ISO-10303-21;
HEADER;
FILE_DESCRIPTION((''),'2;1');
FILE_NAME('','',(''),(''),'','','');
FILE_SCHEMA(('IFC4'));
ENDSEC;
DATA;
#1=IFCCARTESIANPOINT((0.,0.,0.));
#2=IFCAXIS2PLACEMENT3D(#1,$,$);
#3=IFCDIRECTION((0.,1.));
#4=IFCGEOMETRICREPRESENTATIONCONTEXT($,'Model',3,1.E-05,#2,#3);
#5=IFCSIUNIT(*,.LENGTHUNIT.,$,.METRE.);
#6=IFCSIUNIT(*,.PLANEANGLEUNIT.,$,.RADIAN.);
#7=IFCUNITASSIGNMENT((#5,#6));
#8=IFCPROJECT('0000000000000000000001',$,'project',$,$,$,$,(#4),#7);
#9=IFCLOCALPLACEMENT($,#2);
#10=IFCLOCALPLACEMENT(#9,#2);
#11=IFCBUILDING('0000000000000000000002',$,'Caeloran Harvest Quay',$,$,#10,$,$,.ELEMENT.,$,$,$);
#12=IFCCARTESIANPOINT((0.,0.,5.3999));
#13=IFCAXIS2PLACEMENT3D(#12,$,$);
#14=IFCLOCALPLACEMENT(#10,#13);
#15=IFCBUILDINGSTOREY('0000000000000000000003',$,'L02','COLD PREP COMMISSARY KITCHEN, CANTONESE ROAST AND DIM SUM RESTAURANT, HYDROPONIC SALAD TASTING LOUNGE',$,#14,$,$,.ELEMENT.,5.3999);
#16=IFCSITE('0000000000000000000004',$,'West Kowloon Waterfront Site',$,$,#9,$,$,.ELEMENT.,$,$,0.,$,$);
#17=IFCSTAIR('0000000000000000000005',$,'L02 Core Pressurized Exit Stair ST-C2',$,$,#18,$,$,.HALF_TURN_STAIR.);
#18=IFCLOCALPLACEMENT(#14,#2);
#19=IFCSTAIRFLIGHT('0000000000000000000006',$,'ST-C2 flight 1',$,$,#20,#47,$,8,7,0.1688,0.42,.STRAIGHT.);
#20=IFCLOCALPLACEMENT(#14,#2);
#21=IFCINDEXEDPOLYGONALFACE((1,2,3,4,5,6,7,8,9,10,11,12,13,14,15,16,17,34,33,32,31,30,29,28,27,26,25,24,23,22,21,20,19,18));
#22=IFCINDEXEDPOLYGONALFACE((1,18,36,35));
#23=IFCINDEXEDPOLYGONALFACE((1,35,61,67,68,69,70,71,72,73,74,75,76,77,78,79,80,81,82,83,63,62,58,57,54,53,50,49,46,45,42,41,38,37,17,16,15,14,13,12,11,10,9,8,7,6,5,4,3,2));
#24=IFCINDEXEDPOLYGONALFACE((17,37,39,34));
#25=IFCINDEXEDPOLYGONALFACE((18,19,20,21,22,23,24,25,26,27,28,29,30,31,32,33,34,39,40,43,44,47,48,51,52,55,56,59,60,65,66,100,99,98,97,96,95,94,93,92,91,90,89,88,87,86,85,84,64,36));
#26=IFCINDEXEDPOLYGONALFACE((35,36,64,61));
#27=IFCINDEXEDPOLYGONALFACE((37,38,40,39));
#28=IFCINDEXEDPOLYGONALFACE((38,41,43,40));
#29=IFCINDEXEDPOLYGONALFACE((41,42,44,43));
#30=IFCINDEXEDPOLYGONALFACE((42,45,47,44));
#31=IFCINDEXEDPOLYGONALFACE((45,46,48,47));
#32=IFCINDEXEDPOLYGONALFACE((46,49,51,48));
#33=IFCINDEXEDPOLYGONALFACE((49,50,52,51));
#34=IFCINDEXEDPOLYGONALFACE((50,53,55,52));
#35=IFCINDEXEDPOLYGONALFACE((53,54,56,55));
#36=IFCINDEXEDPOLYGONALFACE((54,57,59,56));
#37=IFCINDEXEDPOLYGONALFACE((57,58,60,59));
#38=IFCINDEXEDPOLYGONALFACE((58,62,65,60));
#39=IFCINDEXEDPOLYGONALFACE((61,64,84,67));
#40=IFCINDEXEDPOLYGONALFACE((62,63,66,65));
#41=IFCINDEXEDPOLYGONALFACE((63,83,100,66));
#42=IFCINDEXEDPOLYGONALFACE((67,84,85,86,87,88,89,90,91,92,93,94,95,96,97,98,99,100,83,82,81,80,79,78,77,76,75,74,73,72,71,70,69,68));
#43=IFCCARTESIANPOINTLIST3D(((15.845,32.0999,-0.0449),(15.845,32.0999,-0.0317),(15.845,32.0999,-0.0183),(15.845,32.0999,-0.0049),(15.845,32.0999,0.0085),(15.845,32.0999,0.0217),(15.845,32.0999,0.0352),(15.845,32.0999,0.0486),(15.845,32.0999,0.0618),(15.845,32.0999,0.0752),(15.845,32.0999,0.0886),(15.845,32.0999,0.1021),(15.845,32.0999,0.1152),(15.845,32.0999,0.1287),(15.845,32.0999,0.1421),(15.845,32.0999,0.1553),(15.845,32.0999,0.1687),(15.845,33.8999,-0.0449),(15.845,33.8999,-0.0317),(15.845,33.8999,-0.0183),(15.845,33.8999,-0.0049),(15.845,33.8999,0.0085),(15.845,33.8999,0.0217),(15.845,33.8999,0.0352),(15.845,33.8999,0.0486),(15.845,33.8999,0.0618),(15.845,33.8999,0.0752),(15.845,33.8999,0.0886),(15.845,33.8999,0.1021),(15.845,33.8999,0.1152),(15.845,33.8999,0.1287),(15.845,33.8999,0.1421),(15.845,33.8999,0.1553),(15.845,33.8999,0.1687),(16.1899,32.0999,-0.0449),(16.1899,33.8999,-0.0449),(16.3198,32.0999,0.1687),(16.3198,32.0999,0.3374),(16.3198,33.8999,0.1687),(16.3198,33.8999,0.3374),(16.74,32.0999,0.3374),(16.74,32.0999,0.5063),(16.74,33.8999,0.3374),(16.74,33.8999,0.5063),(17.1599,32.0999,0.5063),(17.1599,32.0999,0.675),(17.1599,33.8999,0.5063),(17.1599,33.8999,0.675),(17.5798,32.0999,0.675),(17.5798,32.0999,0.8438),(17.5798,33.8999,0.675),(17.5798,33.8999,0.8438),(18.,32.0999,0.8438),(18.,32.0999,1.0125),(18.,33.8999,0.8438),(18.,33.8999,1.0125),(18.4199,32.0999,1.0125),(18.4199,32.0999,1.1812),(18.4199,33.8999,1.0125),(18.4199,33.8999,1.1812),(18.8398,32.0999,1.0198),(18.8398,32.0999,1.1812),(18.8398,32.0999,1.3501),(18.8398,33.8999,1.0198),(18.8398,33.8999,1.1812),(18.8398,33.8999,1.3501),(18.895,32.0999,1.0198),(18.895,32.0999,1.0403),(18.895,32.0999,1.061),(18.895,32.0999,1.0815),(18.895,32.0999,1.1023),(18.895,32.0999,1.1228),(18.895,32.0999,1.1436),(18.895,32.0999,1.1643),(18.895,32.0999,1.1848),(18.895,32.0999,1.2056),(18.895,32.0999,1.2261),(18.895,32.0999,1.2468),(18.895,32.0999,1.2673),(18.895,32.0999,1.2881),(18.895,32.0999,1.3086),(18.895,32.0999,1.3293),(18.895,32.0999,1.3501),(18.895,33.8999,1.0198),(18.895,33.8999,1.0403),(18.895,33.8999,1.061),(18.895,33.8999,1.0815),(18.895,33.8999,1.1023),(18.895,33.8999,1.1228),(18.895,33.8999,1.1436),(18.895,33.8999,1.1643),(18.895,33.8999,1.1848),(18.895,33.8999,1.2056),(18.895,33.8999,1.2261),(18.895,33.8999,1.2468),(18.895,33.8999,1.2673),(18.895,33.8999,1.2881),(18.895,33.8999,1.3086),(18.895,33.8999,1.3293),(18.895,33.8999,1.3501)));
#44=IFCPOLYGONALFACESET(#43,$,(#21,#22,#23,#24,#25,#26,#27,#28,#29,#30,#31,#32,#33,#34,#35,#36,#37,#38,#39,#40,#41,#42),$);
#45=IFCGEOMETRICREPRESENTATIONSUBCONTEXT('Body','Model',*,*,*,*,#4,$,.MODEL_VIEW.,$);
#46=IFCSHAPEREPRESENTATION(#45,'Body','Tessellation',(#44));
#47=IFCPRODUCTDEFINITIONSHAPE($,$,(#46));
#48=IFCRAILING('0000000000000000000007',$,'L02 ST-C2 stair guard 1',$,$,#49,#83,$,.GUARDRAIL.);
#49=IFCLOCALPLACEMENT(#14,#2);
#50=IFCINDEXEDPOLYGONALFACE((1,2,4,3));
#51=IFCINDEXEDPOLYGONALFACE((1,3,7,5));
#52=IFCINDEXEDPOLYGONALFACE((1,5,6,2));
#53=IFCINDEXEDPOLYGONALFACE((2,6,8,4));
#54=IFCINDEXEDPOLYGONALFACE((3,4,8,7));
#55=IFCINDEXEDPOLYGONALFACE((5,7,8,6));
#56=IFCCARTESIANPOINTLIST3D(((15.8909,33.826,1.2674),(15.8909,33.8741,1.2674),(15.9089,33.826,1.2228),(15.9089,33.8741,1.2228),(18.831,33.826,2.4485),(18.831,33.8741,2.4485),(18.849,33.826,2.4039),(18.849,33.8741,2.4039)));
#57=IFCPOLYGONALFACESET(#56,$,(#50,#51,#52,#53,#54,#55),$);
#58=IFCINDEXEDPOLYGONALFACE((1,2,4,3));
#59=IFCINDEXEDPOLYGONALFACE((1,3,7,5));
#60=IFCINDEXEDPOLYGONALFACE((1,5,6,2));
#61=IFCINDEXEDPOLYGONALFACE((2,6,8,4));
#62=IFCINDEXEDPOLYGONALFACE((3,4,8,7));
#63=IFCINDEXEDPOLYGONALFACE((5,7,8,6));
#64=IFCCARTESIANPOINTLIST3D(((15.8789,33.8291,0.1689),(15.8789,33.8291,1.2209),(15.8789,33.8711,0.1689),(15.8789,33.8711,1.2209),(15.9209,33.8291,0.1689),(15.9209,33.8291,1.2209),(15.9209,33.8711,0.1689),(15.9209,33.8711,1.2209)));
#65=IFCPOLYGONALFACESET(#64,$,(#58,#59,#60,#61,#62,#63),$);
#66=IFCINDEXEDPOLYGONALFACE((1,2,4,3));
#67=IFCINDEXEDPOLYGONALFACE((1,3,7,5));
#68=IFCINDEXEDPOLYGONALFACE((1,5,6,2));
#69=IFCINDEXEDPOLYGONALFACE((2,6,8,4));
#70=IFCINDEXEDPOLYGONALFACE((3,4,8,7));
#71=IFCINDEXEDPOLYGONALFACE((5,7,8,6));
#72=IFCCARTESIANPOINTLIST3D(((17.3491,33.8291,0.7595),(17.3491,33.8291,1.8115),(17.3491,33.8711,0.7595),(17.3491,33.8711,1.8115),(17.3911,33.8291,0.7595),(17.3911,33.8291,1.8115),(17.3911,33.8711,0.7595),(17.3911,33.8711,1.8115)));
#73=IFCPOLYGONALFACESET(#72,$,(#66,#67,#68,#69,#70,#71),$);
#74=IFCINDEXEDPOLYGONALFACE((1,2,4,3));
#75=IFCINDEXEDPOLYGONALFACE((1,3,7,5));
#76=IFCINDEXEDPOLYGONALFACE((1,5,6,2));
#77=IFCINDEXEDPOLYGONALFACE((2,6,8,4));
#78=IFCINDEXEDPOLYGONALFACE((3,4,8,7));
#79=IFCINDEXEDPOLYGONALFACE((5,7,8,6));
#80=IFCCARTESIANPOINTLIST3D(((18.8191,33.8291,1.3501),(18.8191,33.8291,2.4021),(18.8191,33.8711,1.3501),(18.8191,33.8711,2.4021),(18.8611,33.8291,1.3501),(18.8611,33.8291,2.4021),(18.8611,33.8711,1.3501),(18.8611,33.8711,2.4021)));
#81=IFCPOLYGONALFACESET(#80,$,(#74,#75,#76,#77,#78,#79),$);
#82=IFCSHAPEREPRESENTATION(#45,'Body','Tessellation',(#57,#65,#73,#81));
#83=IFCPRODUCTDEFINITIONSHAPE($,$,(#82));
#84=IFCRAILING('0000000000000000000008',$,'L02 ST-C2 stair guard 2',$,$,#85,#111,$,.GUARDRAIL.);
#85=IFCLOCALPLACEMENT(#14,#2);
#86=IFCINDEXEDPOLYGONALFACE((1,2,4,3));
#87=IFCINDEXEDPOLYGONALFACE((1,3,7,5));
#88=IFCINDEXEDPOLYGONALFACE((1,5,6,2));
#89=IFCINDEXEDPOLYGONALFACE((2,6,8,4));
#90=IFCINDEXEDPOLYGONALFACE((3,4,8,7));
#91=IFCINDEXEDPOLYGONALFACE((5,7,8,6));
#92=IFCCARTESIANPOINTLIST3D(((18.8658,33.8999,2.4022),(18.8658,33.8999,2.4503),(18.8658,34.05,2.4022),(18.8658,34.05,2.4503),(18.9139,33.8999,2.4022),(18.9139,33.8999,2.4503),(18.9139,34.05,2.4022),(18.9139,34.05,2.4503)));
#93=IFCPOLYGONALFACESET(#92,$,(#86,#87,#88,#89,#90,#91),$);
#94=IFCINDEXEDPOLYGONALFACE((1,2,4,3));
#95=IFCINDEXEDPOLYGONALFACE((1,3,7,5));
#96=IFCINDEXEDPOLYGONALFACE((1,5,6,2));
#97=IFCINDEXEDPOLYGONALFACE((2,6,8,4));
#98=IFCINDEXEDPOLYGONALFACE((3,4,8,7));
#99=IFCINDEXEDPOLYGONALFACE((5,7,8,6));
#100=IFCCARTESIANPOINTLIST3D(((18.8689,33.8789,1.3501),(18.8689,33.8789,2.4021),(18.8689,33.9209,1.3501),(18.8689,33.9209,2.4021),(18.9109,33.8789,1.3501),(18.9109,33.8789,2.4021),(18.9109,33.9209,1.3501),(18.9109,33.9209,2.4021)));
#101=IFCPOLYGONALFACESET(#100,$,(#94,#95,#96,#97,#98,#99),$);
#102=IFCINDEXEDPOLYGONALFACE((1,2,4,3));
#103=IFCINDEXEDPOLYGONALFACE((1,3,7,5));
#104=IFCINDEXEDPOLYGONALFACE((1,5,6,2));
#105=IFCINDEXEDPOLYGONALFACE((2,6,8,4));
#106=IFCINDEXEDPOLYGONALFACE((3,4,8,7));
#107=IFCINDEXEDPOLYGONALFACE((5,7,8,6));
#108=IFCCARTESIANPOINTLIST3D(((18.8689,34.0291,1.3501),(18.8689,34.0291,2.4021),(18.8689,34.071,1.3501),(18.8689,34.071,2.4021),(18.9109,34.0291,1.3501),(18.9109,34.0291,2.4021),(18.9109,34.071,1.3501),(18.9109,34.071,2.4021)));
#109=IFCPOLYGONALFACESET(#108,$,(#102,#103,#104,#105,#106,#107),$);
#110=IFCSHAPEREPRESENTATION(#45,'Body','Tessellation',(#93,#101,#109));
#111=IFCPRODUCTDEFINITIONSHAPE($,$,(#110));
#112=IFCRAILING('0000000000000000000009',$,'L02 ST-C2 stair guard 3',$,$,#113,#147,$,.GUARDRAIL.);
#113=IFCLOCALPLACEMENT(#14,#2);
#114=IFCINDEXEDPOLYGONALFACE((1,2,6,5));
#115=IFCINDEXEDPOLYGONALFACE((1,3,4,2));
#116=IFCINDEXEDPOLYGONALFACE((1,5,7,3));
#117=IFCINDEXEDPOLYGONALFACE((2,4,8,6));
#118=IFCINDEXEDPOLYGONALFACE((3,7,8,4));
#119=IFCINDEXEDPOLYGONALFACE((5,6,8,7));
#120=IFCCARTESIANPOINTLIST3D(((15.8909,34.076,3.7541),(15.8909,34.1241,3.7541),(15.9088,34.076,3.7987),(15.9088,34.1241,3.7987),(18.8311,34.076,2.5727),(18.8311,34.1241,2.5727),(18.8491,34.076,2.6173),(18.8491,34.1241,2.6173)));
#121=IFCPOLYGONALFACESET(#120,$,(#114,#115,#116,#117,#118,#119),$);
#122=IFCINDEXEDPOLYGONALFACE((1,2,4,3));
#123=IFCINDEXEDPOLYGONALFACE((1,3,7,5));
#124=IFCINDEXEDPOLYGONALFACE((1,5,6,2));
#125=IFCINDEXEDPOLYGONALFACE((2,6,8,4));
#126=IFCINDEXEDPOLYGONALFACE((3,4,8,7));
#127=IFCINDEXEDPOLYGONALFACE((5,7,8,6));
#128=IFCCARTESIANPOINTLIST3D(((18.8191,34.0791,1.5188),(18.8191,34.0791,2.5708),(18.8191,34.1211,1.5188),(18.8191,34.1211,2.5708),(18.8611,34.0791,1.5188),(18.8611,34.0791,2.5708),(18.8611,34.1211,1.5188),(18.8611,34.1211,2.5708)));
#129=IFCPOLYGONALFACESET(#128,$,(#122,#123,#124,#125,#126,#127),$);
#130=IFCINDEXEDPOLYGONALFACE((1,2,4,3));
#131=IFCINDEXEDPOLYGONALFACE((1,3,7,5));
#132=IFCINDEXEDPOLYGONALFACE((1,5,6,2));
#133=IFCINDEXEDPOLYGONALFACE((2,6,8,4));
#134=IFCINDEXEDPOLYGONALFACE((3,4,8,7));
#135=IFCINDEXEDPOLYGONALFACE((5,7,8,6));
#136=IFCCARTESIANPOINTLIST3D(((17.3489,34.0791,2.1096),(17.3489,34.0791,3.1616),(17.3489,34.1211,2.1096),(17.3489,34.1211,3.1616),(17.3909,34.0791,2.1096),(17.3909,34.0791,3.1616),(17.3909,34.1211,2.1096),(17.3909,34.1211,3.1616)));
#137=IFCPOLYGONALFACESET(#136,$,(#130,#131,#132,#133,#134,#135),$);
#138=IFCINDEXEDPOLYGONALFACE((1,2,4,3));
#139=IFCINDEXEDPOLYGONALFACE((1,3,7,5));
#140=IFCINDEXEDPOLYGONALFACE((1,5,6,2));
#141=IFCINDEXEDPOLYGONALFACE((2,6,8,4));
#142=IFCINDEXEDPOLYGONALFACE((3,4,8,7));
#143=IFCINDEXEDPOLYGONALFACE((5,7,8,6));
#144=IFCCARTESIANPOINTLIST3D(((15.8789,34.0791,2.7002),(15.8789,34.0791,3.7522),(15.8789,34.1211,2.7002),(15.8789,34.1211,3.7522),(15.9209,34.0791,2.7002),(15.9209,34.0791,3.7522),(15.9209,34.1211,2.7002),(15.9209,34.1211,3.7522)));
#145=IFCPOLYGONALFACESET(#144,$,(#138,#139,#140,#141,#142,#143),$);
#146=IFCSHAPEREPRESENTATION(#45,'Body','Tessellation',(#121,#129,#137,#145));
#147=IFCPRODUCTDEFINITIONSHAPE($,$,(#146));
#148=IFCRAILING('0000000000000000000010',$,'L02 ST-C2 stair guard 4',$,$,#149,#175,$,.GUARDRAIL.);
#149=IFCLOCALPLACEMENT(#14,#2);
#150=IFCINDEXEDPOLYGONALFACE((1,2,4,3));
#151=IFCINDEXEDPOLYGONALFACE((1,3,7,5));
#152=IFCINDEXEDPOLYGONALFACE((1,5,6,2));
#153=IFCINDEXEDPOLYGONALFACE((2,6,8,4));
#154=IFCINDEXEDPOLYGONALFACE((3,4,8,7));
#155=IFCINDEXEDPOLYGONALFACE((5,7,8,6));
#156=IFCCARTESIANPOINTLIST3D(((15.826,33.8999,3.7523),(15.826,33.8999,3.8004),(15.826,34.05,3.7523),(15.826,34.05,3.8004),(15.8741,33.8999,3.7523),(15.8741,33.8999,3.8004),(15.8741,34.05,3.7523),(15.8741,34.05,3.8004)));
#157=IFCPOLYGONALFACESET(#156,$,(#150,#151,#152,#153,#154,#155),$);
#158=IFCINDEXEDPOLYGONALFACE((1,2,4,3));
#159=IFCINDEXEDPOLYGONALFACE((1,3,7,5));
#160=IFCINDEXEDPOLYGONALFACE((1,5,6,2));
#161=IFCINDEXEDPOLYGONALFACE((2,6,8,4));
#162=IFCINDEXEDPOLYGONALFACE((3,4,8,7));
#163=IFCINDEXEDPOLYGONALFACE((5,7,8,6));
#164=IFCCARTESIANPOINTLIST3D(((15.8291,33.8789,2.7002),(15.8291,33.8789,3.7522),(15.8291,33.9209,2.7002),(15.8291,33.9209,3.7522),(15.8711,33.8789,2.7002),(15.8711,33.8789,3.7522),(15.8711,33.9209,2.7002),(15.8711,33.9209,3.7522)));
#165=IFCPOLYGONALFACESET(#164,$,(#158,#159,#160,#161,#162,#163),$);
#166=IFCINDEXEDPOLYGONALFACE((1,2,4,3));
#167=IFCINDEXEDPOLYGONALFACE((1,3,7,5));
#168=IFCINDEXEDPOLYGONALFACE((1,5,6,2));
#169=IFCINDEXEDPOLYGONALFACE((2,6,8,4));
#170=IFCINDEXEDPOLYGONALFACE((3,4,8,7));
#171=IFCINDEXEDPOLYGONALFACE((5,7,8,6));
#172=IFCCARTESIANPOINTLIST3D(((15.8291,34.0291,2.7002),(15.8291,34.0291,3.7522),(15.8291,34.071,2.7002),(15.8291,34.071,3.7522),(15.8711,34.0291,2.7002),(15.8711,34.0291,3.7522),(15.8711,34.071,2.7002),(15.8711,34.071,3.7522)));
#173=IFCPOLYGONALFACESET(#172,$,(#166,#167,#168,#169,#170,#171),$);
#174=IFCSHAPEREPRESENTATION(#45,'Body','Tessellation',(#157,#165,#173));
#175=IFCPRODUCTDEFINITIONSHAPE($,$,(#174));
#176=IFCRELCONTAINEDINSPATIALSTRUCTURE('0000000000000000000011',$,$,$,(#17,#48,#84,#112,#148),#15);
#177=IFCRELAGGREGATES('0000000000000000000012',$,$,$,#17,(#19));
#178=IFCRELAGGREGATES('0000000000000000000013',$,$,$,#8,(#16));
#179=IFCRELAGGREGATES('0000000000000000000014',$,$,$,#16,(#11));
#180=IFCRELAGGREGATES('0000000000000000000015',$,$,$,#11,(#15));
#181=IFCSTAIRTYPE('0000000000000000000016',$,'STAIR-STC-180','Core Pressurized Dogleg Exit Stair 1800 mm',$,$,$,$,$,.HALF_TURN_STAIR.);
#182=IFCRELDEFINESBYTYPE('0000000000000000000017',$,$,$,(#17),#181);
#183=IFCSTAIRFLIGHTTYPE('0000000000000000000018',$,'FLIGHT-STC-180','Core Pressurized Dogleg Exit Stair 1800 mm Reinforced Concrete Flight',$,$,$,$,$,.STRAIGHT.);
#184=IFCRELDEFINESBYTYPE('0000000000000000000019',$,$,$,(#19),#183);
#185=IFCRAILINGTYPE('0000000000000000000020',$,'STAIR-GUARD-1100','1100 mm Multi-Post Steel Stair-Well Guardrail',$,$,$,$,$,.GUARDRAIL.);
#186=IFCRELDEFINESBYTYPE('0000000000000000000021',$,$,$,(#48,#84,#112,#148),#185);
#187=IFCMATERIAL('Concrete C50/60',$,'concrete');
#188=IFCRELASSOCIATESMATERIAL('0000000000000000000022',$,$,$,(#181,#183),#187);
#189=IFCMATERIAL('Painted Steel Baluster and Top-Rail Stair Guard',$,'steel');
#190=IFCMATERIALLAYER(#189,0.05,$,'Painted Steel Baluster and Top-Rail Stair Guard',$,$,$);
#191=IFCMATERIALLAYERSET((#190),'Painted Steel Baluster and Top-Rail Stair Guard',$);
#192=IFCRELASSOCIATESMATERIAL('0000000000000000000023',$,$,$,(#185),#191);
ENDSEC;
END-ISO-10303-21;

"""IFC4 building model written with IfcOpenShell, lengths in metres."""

from ifc_helpers import new_model, si_unit, direction, frame, origin, origin_2d, place, context, subcontext, project, spatial, polyline, rectangle, outline, extrude, material, layer, layer_set, type_object, element, aggregate, save


model = new_model("IFC4")

# Units and contexts
model_context = context("Model", 3, precision=1e-05, world=origin(), true_north=direction((0.0, 1.0)))
body_context = subcontext(model_context, "Body", "Model", "MODEL_VIEW")
ifc_project = project(units=[si_unit("LENGTHUNIT", "METRE"), si_unit("PLANEANGLEUNIT", "RADIAN")], contexts=[model_context])

# Site, building, storey
site_placement = place(None, origin())
site = spatial("IfcSite", under=ifc_project, at=site_placement, Name="West Kowloon Waterfront Site", CompositionType="ELEMENT", RefElevation=0.0)
building_placement = place(site_placement, origin())
building = spatial("IfcBuilding", under=site, at=building_placement, Name="Caeloran Harvest Quay", CompositionType="ELEMENT")
storey_placement = place(building_placement, frame((0.0, 0.0, 5.3999)))
storey = spatial("IfcBuildingStorey", under=building, at=storey_placement, Name="L02", Description="COLD PREP COMMISSARY KITCHEN, CANTONESE ROAST AND DIM SUM RESTAURANT, HYDROPONIC SALAD TASTING LOUNGE", CompositionType="ELEMENT", Elevation=5.3999)

# Shared definitions
ifc_material_1 = material(Name="Concrete C50/60", Category="concrete")

# Stair, stair flight
stair_type = type_object("IfcStairType", Name="STAIR-STC-180", Description="Core Pressurized Dogleg Exit Stair 1800 mm", PredefinedType="HALF_TURN_STAIR", material=ifc_material_1)
stair_placement = place(storey_placement, origin())
stair = element("IfcStair", 1, at=stair_placement, inside=storey, type_object=stair_type, Name="L02 Core Pressurized Exit Stair ST-C2", PredefinedType="HALF_TURN_STAIR")
stair_flight_type = type_object("IfcStairFlightType", Name="FLIGHT-STC-180", Description="Core Pressurized Dogleg Exit Stair 1800 mm Reinforced Concrete Flight", PredefinedType="STRAIGHT", material=ifc_material_1)
stair_flight_1_placement = place(storey_placement, frame((15.8999, 33.0, 0.0), z_axis=(0.0, 0.0, 1.0), x_axis=(1.0, 0.0, 0.0)))
stair_flight_1 = element("IfcStairFlight", 2, at=stair_flight_1_placement, type_object=stair_flight_type, Name="ST-C2 flight 1", NumberOfRisers=8, NumberOfTreads=7, PredefinedType="STRAIGHT", RiserHeight=0.1688, TreadLength=0.42, context=body_context, shape_type="SweptSolid", body=[
    extrude(outline(polyline([(-0.0549, -0.0449), (-0.0549, -0.0317), (-0.0549, -0.0183), (-0.0549, -0.0049), (-0.0549, 0.0085), (-0.0549, 0.0217), (-0.0549, 0.0352), (-0.0549, 0.0486), (-0.0549, 0.0618), (-0.0549, 0.0752), (-0.0549, 0.0886), (-0.0549, 0.1021), (-0.0549, 0.1152), (-0.0549, 0.1287), (-0.0549, 0.1421), (-0.0549, 0.1553), (-0.0549, 0.1687), (0.4199, 0.1687), (0.4199, 0.3374), (0.8401, 0.3374), (0.8401, 0.5063), (1.26, 0.5063), (1.26, 0.675), (1.6799, 0.675), (1.6799, 0.8438), (2.1001, 0.8438), (2.1001, 1.0125), (2.52, 1.0125), (2.52, 1.1812), (2.9399, 1.1812), (2.9399, 1.3501), (2.9951, 1.3501), (2.9951, 1.3293), (2.9951, 1.3086), (2.9951, 1.2881), (2.9951, 1.2673), (2.9951, 1.2468), (2.9951, 1.2261), (2.9951, 1.2056), (2.9951, 1.1848), (2.9951, 1.1643), (2.9951, 1.1436), (2.9951, 1.1228), (2.9951, 1.1023), (2.9951, 1.0815), (2.9951, 1.061), (2.9951, 1.0403), (2.9951, 1.0198), (2.9399, 1.0198), (0.29, -0.0449), (-0.0549, -0.0449)])), frame((0.0, 0.8999, 0.0), z_axis=(0.0, -1.0, 0.0), x_axis=(1.0, 0.0, 0.0)), (0.0, 0.0, 1.0), 1.8),
])
aggregate(stair, [stair_flight_1])

# Railings
ifc_material_2 = material(Name="Painted Steel Baluster and Top-Rail Stair Guard", Category="steel")
ifc_layer_1 = layer(ifc_material_2, 0.05, Name="Painted Steel Baluster and Top-Rail Stair Guard")
ifc_layer_set_1 = layer_set([ifc_layer_1], Name="Painted Steel Baluster and Top-Rail Stair Guard")
railing_type_1 = type_object("IfcRailingType", Name="STAIR-GUARD-1100", Description="1100 mm Multi-Post Steel Stair-Well Guardrail", PredefinedType="GUARDRAIL", material=ifc_layer_set_1)
railing_1_placement = place(storey_placement, frame((15.8999, 33.8501, 0.1689)))
element("IfcRailing", 3, at=railing_1_placement, inside=storey, type_object=railing_type_1, Name="L02 ST-C2 stair guard 1", PredefinedType="GUARDRAIL", context=body_context, shape_type="SweptSolid", body=[
    extrude(rectangle(XDim=0.0481, YDim=0.0481, at=origin_2d()), frame((0.0, 0.0, 1.0762), z_axis=(0.927923, 0.0, 0.372772), x_axis=(0.0, 1.0, 0.0)), (0.0, 0.0, 1.0), 3.1685),
    extrude(rectangle(XDim=0.042, YDim=0.042, at=origin_2d()), origin(), (0.0, 0.0, 1.0), 1.052),
    extrude(rectangle(XDim=0.042, YDim=0.042, at=origin_2d()), frame((1.4702, 0.0, 0.5906)), (0.0, 0.0, 1.0), 1.052),
    extrude(rectangle(XDim=0.042, YDim=0.042, at=origin_2d()), frame((2.9402, 0.0, 1.1812)), (0.0, 0.0, 1.0), 1.052),
])
railing_2_placement = place(storey_placement, frame((18.8899, 33.8999, 1.3501)))
element("IfcRailing", 4, at=railing_2_placement, inside=storey, type_object=railing_type_1, Name="L02 ST-C2 stair guard 2", PredefinedType="GUARDRAIL", context=body_context, shape_type="SweptSolid", body=[
    extrude(rectangle(XDim=0.0481, YDim=0.0481, at=origin_2d()), frame((0.0, 0.0, 1.0762), z_axis=(0.0, 1.0, 0.0), x_axis=(-1.0, 0.0, 0.0)), (0.0, 0.0, 1.0), 0.1501),
    extrude(rectangle(XDim=0.042, YDim=0.042, at=origin_2d()), origin(), (0.0, 0.0, 1.0), 1.052),
    extrude(rectangle(XDim=0.042, YDim=0.042, at=origin_2d()), frame((0.0, 0.1501, 0.0)), (0.0, 0.0, 1.0), 1.052),
])
railing_3_placement = place(storey_placement, frame((18.8401, 34.1001, 1.5188)))
element("IfcRailing", 5, at=railing_3_placement, inside=storey, type_object=railing_type_1, Name="L02 ST-C2 stair guard 3", PredefinedType="GUARDRAIL", context=body_context, shape_type="SweptSolid", body=[
    extrude(rectangle(XDim=0.0481, YDim=0.0481, at=origin_2d()), frame((0.0, 0.0, 1.0762), z_axis=(-0.927896, 0.0, 0.372838), x_axis=(0.0, -1.0, 0.0)), (0.0, 0.0, 1.0), 3.1687),
    extrude(rectangle(XDim=0.042, YDim=0.042, at=origin_2d()), origin(), (0.0, 0.0, 1.0), 1.052),
    extrude(rectangle(XDim=0.042, YDim=0.042, at=origin_2d()), frame((-1.4702, 0.0, 0.5908)), (0.0, 0.0, 1.0), 1.052),
    extrude(rectangle(XDim=0.042, YDim=0.042, at=origin_2d()), frame((-2.9402, 0.0, 1.1814)), (0.0, 0.0, 1.0), 1.052),
])
railing_4_placement = place(storey_placement, frame((15.8501, 33.8999, 2.7002)))
element("IfcRailing", 6, at=railing_4_placement, inside=storey, type_object=railing_type_1, Name="L02 ST-C2 stair guard 4", PredefinedType="GUARDRAIL", context=body_context, shape_type="SweptSolid", body=[
    extrude(rectangle(XDim=0.0481, YDim=0.0481, at=origin_2d()), frame((0.0, 0.0, 1.0762), z_axis=(0.0, 1.0, 0.0), x_axis=(-1.0, 0.0, 0.0)), (0.0, 0.0, 1.0), 0.1501),
    extrude(rectangle(XDim=0.042, YDim=0.042, at=origin_2d()), origin(), (0.0, 0.0, 1.0), 1.052),
    extrude(rectangle(XDim=0.042, YDim=0.042, at=origin_2d()), frame((0.0, 0.1501, 0.0)), (0.0, 0.0, 1.0), 1.052),
])

save(model, "model.ifc")
